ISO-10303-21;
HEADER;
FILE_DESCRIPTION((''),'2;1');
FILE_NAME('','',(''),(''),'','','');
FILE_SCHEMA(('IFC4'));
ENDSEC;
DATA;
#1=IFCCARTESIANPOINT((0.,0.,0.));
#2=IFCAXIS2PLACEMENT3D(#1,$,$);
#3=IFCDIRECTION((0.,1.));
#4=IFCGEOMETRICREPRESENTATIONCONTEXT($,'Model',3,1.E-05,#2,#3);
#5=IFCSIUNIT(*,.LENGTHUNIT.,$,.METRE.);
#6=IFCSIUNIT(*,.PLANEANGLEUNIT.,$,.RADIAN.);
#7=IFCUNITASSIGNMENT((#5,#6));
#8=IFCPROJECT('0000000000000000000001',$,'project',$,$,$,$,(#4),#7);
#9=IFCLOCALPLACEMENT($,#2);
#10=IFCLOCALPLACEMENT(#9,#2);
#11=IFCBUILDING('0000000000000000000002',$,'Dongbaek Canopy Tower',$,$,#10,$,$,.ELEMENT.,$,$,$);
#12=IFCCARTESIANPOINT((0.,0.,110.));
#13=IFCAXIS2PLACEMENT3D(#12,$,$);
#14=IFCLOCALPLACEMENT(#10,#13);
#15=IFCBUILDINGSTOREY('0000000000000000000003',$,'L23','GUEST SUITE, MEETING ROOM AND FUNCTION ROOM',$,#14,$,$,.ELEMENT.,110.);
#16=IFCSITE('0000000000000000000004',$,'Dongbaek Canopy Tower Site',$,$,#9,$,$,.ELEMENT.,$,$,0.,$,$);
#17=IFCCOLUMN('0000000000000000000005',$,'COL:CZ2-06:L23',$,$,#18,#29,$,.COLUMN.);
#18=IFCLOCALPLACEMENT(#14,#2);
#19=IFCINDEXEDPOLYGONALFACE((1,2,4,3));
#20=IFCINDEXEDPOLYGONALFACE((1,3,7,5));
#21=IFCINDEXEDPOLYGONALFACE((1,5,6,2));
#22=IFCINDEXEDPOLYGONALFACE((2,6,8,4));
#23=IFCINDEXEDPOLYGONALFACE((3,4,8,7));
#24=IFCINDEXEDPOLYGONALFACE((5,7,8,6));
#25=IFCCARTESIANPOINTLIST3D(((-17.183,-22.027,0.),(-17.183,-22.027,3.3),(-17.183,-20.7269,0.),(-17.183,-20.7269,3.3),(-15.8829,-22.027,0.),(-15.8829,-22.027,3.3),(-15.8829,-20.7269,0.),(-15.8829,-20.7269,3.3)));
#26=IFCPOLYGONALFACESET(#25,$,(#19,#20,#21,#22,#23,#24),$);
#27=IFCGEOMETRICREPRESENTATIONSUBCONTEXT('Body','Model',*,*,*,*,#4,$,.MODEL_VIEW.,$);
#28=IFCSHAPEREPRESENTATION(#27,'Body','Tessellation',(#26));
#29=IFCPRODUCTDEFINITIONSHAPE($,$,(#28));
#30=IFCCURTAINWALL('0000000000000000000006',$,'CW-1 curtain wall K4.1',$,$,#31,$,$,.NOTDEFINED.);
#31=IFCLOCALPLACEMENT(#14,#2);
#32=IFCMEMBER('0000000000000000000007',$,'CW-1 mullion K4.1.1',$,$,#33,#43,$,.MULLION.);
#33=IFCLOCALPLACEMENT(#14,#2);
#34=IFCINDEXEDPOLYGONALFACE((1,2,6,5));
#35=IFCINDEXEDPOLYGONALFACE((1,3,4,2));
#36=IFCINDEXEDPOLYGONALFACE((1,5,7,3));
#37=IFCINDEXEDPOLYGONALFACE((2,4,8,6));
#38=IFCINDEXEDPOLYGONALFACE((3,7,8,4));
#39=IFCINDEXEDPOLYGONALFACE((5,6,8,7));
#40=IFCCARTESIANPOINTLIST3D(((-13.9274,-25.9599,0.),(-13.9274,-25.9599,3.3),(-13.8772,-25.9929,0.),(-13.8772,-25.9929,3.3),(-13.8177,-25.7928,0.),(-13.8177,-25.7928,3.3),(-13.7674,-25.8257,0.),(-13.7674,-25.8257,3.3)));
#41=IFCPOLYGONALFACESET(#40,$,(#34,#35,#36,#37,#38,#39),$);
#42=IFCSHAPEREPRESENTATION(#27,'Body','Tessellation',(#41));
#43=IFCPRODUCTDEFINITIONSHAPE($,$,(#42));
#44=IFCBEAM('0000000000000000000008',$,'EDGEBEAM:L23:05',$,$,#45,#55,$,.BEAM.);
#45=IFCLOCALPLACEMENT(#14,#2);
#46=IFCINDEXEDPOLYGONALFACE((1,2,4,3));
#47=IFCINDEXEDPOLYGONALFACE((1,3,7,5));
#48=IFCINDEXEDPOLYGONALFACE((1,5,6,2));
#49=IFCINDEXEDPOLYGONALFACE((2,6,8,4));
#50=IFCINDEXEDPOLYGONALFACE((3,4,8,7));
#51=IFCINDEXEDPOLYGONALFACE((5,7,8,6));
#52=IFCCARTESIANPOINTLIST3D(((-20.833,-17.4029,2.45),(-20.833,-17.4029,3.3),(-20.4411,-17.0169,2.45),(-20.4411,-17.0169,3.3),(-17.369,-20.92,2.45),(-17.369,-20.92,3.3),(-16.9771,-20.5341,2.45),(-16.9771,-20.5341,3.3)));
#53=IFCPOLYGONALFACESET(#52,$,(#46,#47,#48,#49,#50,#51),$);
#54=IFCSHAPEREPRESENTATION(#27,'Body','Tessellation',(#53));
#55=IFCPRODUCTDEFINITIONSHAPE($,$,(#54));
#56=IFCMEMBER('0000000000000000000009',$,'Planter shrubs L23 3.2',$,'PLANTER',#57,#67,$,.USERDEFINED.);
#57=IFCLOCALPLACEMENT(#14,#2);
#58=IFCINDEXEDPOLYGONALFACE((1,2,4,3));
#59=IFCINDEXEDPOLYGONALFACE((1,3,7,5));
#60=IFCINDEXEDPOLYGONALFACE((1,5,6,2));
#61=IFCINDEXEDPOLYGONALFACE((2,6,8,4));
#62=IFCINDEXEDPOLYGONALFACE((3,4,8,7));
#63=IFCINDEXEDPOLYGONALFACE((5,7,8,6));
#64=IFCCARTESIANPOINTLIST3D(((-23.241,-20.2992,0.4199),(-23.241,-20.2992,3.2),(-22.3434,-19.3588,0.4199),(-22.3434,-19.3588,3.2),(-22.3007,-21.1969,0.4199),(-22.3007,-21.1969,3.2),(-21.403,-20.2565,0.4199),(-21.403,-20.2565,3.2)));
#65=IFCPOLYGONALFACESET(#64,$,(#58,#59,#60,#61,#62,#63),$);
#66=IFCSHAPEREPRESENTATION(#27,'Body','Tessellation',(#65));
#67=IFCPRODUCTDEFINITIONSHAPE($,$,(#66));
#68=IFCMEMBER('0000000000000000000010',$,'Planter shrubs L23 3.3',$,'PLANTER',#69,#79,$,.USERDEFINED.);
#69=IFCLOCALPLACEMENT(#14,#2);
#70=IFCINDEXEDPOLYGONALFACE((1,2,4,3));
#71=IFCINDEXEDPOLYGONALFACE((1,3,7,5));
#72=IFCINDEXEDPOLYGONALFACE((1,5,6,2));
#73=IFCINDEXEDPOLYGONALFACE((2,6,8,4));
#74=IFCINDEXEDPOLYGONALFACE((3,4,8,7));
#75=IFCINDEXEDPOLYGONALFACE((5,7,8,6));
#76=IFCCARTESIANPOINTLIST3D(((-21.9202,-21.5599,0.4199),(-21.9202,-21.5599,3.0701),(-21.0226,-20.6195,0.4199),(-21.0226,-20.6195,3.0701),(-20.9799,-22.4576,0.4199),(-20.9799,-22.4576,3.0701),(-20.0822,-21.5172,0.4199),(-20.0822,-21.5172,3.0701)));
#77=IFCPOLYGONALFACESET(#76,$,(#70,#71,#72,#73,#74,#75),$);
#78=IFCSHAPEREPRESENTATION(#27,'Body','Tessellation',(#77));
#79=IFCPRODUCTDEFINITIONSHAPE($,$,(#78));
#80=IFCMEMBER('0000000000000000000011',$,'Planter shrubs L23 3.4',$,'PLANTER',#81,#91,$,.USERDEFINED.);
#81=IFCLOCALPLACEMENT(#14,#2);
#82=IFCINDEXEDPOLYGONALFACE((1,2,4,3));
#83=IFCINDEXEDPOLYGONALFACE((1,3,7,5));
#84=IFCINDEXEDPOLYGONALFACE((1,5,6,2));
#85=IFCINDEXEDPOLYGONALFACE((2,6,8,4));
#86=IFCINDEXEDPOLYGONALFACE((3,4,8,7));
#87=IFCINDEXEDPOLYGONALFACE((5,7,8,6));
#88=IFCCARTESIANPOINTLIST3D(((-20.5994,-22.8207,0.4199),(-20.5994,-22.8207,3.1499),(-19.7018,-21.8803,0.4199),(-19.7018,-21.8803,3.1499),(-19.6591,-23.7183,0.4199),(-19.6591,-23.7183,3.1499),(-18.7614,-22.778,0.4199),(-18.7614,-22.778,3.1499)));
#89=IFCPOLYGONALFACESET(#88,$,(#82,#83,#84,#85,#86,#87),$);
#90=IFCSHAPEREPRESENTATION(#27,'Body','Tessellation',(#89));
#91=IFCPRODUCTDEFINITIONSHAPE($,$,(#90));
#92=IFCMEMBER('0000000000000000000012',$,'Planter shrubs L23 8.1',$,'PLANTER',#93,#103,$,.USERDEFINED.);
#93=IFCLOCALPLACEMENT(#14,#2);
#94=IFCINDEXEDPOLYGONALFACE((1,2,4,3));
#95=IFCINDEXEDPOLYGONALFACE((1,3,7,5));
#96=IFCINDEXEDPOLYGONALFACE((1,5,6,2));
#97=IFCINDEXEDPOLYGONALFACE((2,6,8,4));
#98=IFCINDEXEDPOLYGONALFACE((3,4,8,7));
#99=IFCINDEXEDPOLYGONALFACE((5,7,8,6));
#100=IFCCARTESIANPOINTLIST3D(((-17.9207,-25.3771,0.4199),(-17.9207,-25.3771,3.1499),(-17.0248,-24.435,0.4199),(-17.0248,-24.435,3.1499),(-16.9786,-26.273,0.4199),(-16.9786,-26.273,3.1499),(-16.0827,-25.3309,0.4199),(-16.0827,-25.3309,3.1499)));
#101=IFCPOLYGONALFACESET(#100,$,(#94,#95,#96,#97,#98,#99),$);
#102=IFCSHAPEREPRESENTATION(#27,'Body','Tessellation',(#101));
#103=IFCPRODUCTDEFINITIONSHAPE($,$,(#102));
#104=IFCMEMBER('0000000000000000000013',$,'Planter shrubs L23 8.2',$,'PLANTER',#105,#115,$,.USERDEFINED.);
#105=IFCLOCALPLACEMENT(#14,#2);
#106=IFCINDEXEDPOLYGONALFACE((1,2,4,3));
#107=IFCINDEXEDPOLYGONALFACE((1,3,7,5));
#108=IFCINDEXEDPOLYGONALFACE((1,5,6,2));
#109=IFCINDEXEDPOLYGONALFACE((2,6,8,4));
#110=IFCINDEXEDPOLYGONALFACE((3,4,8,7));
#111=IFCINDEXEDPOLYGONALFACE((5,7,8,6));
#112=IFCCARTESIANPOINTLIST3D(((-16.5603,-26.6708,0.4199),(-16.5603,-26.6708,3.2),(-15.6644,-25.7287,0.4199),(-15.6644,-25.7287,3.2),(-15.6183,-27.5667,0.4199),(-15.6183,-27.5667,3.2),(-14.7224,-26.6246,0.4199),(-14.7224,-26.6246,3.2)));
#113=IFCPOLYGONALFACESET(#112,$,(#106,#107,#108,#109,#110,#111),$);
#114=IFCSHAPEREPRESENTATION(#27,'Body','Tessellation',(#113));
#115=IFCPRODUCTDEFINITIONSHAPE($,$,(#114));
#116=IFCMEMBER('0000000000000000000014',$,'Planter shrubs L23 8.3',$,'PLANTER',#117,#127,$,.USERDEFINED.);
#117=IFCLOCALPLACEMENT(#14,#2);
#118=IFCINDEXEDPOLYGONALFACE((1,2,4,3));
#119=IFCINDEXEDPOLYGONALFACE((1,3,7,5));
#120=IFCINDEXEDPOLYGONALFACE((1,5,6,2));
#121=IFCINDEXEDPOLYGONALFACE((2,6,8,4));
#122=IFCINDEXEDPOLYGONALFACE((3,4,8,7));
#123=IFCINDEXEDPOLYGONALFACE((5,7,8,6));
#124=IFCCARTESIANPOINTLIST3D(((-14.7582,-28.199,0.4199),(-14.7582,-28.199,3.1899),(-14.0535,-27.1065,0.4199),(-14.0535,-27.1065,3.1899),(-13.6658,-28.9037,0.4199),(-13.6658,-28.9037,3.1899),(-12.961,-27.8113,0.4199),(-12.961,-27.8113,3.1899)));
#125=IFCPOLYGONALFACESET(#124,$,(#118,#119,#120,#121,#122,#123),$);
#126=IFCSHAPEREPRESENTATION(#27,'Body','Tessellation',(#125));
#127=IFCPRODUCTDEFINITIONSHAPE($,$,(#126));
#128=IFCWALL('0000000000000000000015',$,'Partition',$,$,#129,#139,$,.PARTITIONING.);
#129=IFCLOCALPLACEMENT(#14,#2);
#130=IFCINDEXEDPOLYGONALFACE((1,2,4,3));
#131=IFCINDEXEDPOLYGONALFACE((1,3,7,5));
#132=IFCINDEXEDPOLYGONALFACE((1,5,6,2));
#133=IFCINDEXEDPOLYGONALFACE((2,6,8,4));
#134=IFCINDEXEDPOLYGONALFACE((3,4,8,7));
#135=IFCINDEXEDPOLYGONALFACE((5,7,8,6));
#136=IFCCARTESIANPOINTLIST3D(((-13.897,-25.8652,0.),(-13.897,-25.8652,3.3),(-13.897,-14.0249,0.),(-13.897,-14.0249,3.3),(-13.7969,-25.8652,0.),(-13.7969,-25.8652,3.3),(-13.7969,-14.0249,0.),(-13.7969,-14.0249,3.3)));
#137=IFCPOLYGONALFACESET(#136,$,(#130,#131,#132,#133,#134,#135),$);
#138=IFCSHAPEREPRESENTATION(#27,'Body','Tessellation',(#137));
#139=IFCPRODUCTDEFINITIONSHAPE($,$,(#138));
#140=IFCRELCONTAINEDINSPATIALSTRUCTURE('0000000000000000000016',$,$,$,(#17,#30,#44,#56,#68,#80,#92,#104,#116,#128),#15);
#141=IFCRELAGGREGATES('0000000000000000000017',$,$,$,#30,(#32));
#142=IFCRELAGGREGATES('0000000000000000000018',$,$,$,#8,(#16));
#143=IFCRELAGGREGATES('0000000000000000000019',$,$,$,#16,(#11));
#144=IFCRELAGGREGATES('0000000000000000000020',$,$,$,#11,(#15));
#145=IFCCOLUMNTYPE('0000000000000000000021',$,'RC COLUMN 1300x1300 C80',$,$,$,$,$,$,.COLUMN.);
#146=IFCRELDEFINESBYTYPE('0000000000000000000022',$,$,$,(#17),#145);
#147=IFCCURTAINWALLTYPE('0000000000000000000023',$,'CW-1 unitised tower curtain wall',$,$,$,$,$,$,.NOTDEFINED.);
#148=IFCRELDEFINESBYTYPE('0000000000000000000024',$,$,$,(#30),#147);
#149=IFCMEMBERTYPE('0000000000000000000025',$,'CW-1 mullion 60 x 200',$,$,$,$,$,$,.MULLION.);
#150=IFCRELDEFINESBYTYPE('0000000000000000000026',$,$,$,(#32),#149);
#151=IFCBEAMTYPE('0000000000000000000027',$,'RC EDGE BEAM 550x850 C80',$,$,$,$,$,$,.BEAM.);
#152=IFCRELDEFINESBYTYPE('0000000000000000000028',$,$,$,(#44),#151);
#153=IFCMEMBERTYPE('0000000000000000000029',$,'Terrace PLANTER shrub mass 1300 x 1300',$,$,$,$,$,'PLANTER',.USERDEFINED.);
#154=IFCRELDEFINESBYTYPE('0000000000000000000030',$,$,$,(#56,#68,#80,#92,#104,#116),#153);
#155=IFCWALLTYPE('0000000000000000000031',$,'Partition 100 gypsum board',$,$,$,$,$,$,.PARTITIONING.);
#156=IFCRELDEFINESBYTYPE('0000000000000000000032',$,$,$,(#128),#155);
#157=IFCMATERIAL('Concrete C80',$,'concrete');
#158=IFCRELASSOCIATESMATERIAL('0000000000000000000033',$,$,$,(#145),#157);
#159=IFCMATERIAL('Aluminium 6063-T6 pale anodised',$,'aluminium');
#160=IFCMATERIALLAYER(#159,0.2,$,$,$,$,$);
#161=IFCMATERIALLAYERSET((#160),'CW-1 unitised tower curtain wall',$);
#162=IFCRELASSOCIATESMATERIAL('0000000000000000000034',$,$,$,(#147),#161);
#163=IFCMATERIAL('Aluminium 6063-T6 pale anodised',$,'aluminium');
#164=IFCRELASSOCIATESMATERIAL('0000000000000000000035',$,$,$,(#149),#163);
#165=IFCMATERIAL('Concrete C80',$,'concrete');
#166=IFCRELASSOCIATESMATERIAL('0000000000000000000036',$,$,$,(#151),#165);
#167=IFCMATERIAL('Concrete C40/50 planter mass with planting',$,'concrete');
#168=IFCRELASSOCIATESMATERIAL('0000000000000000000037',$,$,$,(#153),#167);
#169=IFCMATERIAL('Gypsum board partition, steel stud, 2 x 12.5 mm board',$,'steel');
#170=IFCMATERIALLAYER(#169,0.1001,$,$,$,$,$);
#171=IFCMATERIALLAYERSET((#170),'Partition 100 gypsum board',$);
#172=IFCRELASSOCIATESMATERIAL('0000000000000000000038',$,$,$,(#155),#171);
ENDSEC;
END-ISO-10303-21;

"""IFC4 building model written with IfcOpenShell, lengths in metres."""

from ifc_helpers import new_model, si_unit, direction, frame, frame_2d, origin, origin_2d, place, context, subcontext, project, spatial, rectangle, extrude, material, layer, layer_set, material_profile, profile_set, type_object, element, aggregate, save


model = new_model("IFC4")

# Units and contexts
model_context = context("Model", 3, precision=1e-05, world=origin(), true_north=direction((0.0, 1.0)))
body_context = subcontext(model_context, "Body", "Model", "MODEL_VIEW")
ifc_project = project(units=[si_unit("LENGTHUNIT", "METRE"), si_unit("PLANEANGLEUNIT", "RADIAN")], contexts=[model_context])

# Site, building, storey
site_placement = place(None, origin())
site = spatial("IfcSite", under=ifc_project, at=site_placement, Name="Dongbaek Canopy Tower Site", CompositionType="ELEMENT", RefElevation=0.0)
building_placement = place(site_placement, origin())
building = spatial("IfcBuilding", under=site, at=building_placement, Name="Dongbaek Canopy Tower", CompositionType="ELEMENT")
storey_placement = place(building_placement, frame((0.0, 0.0, 110.0)))
storey = spatial("IfcBuildingStorey", under=building, at=storey_placement, Name="L23", Description="GUEST SUITE, MEETING ROOM AND FUNCTION ROOM", CompositionType="ELEMENT", Elevation=110.0)

# Column
ifc_material_1 = material(Name="Concrete C80", Category="concrete")
ifc_material_profile_1 = material_profile(ifc_material_1, rectangle(XDim=1.3, YDim=1.3, at=origin_2d()), Name="RC COLUMN 1300x1300 C80")
ifc_profile_set_1 = profile_set([ifc_material_profile_1], Name="Concrete C80")
column_type = type_object("IfcColumnType", Name="RC COLUMN 1300x1300 C80", PredefinedType="COLUMN", material=ifc_profile_set_1)
column_placement = place(storey_placement, frame((-16.533, -21.377, 0.0), z_axis=(0.0, 0.0, 1.0), x_axis=(1.0, 0.0, 0.0)))
element("IfcColumn", 1, at=column_placement, inside=storey, type_object=column_type, Name="COL:CZ2-06:L23", PredefinedType="COLUMN", context=body_context, shape_type="SweptSolid", body=[
    extrude(rectangle(XDim=1.3, YDim=1.3, at=origin_2d()), origin(), (0.0, 0.0, 1.0), 3.3),
])

# Curtain wall, member
ifc_material_2 = material(Name="Aluminium 6063-T6 pale anodised", Category="aluminium")
ifc_layer_1 = layer(ifc_material_2, 0.2)
ifc_layer_set_1 = layer_set([ifc_layer_1], Name="CW-1 unitised tower curtain wall")
curtain_wall_type = type_object("IfcCurtainWallType", Name="CW-1 unitised tower curtain wall", PredefinedType="NOTDEFINED", material=ifc_layer_set_1)
curtain_wall_placement = place(storey_placement, origin())
curtain_wall = element("IfcCurtainWall", 2, at=curtain_wall_placement, inside=storey, type_object=curtain_wall_type, Name="CW-1 curtain wall K4.1", PredefinedType="NOTDEFINED")
ifc_material_3 = material(Name="Aluminium 6063-T6 pale anodised", Category="aluminium")
ifc_material_profile_2 = material_profile(ifc_material_3, rectangle(XDim=0.2, YDim=0.0601, at=origin_2d()), Name="CW-1 mullion 60 x 200")
ifc_profile_set_2 = profile_set([ifc_material_profile_2], Name="Aluminium 6063-T6 pale anodised")
member_type_1 = type_object("IfcMemberType", Name="CW-1 mullion 60 x 200", PredefinedType="MULLION", material=ifc_profile_set_2)
member_1_placement = place(storey_placement, frame((-13.8474, -25.8928, 0.0), z_axis=(0.0, 0.0, 1.0), x_axis=(-0.548724, -0.836004, 0.0)))
member_1 = element("IfcMember", 3, at=member_1_placement, type_object=member_type_1, Name="CW-1 mullion K4.1.1", PredefinedType="MULLION", context=body_context, shape_type="SweptSolid", body=[
    extrude(rectangle(XDim=0.2, YDim=0.0601, at=origin_2d()), origin(), (0.0, 0.0, 1.0), 3.3),
])
aggregate(curtain_wall, [member_1])

# Beam
ifc_material_4 = material(Name="Concrete C80", Category="concrete")
ifc_material_profile_3 = material_profile(ifc_material_4, rectangle(XDim=0.55, YDim=0.8501, at=origin_2d()), Name="RC EDGE BEAM 550x850 C80")
ifc_profile_set_3 = profile_set([ifc_material_profile_3], Name="Concrete C80")
beam_type = type_object("IfcBeamType", Name="RC EDGE BEAM 550x850 C80", PredefinedType="BEAM", material=ifc_profile_set_3)
beam_placement = place(storey_placement, frame((-17.1731, -20.7271, 2.875), z_axis=(-0.701695, 0.712477, 0.0), x_axis=(-0.712477, -0.701695, 0.0)))
element("IfcBeam", 4, at=beam_placement, inside=storey, type_object=beam_type, Name="EDGEBEAM:L23:05", PredefinedType="BEAM", context=body_context, shape_type="SweptSolid", body=[
    extrude(rectangle(XDim=0.55, YDim=0.8501, at=origin_2d()), origin(), (0.0, 0.0, 1.0), 4.9365),
])

# Members
ifc_material_5 = material(Name="Concrete C40/50 planter mass with planting", Category="concrete")
ifc_material_profile_4 = material_profile(ifc_material_5, rectangle(XDim=1.3, YDim=1.3, at=origin_2d()), Name="Terrace PLANTER shrub mass 1300 x 1300")
ifc_profile_set_4 = profile_set([ifc_material_profile_4], Name="Concrete C40/50 planter mass with planting")
member_type_2 = type_object("IfcMemberType", Name="Terrace PLANTER shrub mass 1300 x 1300", ElementType="PLANTER", PredefinedType="USERDEFINED", material=ifc_profile_set_4)
member_2_placement = place(storey_placement, frame((-22.322, -20.2778, 0.4199), z_axis=(0.0, 0.0, 1.0), x_axis=(-0.690482, -0.723349, 0.0)))
element("IfcMember", 5, at=member_2_placement, inside=storey, type_object=member_type_2, Name="Planter shrubs L23 3.2", ObjectType="PLANTER", PredefinedType="USERDEFINED", context=body_context, shape_type="SweptSolid", body=[
    extrude(rectangle(XDim=1.3, YDim=1.3, at=origin_2d()), origin(), (0.0, 0.0, 1.0), 2.78),
])
member_3_placement = place(storey_placement, frame((-21.0012, -21.5386, 0.4199), z_axis=(0.0, 0.0, 1.0), x_axis=(-0.690482, -0.723349, 0.0)))
element("IfcMember", 6, at=member_3_placement, inside=storey, type_object=member_type_2, Name="Planter shrubs L23 3.3", ObjectType="PLANTER", PredefinedType="USERDEFINED", context=body_context, shape_type="SweptSolid", body=[
    extrude(rectangle(XDim=1.3, YDim=1.3, at=origin_2d()), origin(), (0.0, 0.0, 1.0), 2.6501),
])
for number, where, z_axis, x_axis, name in (
    (7, (-19.6804, -22.7993, 0.4199), (0.0, 0.0, 1.0), (-0.690482, -0.723349, 0.0), "Planter shrubs L23 3.4"),
    (8, (-17.0017, -25.354, 0.4199), (0.0, 0.0, 1.0), (-0.689144, -0.724624, 0.0), "Planter shrubs L23 8.1"),
):
    element("IfcMember", number, at=place(storey_placement, frame(where, z_axis=z_axis, x_axis=x_axis)), inside=storey, type_object=member_type_2, Name=name, ObjectType="PLANTER", PredefinedType="USERDEFINED", context=body_context, shape_type="SweptSolid", body=[
        extrude(rectangle(XDim=1.3, YDim=1.3, at=origin_2d()), origin(), (0.0, 0.0, 1.0), 2.73),
    ])
member_4_placement = place(storey_placement, frame((-15.6414, -26.6477, 0.4199), z_axis=(0.0, 0.0, 1.0), x_axis=(-0.689144, -0.724624, 0.0)))
element("IfcMember", 9, at=member_4_placement, inside=storey, type_object=member_type_2, Name="Planter shrubs L23 8.2", ObjectType="PLANTER", PredefinedType="USERDEFINED", context=body_context, shape_type="SweptSolid", body=[
    extrude(rectangle(XDim=1.3, YDim=1.3, at=origin_2d()), origin(), (0.0, 0.0, 1.0), 2.78),
])
member_5_placement = place(storey_placement, frame((-13.8596, -28.0051, 0.4199), z_axis=(0.0, 0.0, 1.0), x_axis=(-0.542086, -0.840323, 0.0)))
element("IfcMember", 10, at=member_5_placement, inside=storey, type_object=member_type_2, Name="Planter shrubs L23 8.3", ObjectType="PLANTER", PredefinedType="USERDEFINED", context=body_context, shape_type="SweptSolid", body=[
    extrude(rectangle(XDim=1.3, YDim=1.3, at=origin_2d()), origin(), (0.0, 0.0, 1.0), 2.77),
])

# Wall
ifc_material_6 = material(Name="Gypsum board partition, steel stud, 2 x 12.5 mm board", Category="steel")
ifc_layer_2 = layer(ifc_material_6, 0.1001)
ifc_layer_set_2 = layer_set([ifc_layer_2], Name="Partition 100 gypsum board")
wall_type_1 = type_object("IfcWallType", Name="Partition 100 gypsum board", PredefinedType="PARTITIONING", material=ifc_layer_set_2)
wall_1_placement = place(storey_placement, frame((-13.8469, -25.8652, 0.0), z_axis=(0.0, 0.0, 1.0), x_axis=(0.0, 1.0, 0.0)))
element("IfcWall", 11, at=wall_1_placement, inside=storey, type_object=wall_type_1, Name="Partition", PredefinedType="PARTITIONING", context=body_context, shape_type="SweptSolid", body=[
    extrude(rectangle(XDim=11.8403, YDim=0.1001, at=frame_2d((5.9202, 0.0))), origin(), (0.0, 0.0, 1.0), 3.3),
])

save(model, "model.ifc")
